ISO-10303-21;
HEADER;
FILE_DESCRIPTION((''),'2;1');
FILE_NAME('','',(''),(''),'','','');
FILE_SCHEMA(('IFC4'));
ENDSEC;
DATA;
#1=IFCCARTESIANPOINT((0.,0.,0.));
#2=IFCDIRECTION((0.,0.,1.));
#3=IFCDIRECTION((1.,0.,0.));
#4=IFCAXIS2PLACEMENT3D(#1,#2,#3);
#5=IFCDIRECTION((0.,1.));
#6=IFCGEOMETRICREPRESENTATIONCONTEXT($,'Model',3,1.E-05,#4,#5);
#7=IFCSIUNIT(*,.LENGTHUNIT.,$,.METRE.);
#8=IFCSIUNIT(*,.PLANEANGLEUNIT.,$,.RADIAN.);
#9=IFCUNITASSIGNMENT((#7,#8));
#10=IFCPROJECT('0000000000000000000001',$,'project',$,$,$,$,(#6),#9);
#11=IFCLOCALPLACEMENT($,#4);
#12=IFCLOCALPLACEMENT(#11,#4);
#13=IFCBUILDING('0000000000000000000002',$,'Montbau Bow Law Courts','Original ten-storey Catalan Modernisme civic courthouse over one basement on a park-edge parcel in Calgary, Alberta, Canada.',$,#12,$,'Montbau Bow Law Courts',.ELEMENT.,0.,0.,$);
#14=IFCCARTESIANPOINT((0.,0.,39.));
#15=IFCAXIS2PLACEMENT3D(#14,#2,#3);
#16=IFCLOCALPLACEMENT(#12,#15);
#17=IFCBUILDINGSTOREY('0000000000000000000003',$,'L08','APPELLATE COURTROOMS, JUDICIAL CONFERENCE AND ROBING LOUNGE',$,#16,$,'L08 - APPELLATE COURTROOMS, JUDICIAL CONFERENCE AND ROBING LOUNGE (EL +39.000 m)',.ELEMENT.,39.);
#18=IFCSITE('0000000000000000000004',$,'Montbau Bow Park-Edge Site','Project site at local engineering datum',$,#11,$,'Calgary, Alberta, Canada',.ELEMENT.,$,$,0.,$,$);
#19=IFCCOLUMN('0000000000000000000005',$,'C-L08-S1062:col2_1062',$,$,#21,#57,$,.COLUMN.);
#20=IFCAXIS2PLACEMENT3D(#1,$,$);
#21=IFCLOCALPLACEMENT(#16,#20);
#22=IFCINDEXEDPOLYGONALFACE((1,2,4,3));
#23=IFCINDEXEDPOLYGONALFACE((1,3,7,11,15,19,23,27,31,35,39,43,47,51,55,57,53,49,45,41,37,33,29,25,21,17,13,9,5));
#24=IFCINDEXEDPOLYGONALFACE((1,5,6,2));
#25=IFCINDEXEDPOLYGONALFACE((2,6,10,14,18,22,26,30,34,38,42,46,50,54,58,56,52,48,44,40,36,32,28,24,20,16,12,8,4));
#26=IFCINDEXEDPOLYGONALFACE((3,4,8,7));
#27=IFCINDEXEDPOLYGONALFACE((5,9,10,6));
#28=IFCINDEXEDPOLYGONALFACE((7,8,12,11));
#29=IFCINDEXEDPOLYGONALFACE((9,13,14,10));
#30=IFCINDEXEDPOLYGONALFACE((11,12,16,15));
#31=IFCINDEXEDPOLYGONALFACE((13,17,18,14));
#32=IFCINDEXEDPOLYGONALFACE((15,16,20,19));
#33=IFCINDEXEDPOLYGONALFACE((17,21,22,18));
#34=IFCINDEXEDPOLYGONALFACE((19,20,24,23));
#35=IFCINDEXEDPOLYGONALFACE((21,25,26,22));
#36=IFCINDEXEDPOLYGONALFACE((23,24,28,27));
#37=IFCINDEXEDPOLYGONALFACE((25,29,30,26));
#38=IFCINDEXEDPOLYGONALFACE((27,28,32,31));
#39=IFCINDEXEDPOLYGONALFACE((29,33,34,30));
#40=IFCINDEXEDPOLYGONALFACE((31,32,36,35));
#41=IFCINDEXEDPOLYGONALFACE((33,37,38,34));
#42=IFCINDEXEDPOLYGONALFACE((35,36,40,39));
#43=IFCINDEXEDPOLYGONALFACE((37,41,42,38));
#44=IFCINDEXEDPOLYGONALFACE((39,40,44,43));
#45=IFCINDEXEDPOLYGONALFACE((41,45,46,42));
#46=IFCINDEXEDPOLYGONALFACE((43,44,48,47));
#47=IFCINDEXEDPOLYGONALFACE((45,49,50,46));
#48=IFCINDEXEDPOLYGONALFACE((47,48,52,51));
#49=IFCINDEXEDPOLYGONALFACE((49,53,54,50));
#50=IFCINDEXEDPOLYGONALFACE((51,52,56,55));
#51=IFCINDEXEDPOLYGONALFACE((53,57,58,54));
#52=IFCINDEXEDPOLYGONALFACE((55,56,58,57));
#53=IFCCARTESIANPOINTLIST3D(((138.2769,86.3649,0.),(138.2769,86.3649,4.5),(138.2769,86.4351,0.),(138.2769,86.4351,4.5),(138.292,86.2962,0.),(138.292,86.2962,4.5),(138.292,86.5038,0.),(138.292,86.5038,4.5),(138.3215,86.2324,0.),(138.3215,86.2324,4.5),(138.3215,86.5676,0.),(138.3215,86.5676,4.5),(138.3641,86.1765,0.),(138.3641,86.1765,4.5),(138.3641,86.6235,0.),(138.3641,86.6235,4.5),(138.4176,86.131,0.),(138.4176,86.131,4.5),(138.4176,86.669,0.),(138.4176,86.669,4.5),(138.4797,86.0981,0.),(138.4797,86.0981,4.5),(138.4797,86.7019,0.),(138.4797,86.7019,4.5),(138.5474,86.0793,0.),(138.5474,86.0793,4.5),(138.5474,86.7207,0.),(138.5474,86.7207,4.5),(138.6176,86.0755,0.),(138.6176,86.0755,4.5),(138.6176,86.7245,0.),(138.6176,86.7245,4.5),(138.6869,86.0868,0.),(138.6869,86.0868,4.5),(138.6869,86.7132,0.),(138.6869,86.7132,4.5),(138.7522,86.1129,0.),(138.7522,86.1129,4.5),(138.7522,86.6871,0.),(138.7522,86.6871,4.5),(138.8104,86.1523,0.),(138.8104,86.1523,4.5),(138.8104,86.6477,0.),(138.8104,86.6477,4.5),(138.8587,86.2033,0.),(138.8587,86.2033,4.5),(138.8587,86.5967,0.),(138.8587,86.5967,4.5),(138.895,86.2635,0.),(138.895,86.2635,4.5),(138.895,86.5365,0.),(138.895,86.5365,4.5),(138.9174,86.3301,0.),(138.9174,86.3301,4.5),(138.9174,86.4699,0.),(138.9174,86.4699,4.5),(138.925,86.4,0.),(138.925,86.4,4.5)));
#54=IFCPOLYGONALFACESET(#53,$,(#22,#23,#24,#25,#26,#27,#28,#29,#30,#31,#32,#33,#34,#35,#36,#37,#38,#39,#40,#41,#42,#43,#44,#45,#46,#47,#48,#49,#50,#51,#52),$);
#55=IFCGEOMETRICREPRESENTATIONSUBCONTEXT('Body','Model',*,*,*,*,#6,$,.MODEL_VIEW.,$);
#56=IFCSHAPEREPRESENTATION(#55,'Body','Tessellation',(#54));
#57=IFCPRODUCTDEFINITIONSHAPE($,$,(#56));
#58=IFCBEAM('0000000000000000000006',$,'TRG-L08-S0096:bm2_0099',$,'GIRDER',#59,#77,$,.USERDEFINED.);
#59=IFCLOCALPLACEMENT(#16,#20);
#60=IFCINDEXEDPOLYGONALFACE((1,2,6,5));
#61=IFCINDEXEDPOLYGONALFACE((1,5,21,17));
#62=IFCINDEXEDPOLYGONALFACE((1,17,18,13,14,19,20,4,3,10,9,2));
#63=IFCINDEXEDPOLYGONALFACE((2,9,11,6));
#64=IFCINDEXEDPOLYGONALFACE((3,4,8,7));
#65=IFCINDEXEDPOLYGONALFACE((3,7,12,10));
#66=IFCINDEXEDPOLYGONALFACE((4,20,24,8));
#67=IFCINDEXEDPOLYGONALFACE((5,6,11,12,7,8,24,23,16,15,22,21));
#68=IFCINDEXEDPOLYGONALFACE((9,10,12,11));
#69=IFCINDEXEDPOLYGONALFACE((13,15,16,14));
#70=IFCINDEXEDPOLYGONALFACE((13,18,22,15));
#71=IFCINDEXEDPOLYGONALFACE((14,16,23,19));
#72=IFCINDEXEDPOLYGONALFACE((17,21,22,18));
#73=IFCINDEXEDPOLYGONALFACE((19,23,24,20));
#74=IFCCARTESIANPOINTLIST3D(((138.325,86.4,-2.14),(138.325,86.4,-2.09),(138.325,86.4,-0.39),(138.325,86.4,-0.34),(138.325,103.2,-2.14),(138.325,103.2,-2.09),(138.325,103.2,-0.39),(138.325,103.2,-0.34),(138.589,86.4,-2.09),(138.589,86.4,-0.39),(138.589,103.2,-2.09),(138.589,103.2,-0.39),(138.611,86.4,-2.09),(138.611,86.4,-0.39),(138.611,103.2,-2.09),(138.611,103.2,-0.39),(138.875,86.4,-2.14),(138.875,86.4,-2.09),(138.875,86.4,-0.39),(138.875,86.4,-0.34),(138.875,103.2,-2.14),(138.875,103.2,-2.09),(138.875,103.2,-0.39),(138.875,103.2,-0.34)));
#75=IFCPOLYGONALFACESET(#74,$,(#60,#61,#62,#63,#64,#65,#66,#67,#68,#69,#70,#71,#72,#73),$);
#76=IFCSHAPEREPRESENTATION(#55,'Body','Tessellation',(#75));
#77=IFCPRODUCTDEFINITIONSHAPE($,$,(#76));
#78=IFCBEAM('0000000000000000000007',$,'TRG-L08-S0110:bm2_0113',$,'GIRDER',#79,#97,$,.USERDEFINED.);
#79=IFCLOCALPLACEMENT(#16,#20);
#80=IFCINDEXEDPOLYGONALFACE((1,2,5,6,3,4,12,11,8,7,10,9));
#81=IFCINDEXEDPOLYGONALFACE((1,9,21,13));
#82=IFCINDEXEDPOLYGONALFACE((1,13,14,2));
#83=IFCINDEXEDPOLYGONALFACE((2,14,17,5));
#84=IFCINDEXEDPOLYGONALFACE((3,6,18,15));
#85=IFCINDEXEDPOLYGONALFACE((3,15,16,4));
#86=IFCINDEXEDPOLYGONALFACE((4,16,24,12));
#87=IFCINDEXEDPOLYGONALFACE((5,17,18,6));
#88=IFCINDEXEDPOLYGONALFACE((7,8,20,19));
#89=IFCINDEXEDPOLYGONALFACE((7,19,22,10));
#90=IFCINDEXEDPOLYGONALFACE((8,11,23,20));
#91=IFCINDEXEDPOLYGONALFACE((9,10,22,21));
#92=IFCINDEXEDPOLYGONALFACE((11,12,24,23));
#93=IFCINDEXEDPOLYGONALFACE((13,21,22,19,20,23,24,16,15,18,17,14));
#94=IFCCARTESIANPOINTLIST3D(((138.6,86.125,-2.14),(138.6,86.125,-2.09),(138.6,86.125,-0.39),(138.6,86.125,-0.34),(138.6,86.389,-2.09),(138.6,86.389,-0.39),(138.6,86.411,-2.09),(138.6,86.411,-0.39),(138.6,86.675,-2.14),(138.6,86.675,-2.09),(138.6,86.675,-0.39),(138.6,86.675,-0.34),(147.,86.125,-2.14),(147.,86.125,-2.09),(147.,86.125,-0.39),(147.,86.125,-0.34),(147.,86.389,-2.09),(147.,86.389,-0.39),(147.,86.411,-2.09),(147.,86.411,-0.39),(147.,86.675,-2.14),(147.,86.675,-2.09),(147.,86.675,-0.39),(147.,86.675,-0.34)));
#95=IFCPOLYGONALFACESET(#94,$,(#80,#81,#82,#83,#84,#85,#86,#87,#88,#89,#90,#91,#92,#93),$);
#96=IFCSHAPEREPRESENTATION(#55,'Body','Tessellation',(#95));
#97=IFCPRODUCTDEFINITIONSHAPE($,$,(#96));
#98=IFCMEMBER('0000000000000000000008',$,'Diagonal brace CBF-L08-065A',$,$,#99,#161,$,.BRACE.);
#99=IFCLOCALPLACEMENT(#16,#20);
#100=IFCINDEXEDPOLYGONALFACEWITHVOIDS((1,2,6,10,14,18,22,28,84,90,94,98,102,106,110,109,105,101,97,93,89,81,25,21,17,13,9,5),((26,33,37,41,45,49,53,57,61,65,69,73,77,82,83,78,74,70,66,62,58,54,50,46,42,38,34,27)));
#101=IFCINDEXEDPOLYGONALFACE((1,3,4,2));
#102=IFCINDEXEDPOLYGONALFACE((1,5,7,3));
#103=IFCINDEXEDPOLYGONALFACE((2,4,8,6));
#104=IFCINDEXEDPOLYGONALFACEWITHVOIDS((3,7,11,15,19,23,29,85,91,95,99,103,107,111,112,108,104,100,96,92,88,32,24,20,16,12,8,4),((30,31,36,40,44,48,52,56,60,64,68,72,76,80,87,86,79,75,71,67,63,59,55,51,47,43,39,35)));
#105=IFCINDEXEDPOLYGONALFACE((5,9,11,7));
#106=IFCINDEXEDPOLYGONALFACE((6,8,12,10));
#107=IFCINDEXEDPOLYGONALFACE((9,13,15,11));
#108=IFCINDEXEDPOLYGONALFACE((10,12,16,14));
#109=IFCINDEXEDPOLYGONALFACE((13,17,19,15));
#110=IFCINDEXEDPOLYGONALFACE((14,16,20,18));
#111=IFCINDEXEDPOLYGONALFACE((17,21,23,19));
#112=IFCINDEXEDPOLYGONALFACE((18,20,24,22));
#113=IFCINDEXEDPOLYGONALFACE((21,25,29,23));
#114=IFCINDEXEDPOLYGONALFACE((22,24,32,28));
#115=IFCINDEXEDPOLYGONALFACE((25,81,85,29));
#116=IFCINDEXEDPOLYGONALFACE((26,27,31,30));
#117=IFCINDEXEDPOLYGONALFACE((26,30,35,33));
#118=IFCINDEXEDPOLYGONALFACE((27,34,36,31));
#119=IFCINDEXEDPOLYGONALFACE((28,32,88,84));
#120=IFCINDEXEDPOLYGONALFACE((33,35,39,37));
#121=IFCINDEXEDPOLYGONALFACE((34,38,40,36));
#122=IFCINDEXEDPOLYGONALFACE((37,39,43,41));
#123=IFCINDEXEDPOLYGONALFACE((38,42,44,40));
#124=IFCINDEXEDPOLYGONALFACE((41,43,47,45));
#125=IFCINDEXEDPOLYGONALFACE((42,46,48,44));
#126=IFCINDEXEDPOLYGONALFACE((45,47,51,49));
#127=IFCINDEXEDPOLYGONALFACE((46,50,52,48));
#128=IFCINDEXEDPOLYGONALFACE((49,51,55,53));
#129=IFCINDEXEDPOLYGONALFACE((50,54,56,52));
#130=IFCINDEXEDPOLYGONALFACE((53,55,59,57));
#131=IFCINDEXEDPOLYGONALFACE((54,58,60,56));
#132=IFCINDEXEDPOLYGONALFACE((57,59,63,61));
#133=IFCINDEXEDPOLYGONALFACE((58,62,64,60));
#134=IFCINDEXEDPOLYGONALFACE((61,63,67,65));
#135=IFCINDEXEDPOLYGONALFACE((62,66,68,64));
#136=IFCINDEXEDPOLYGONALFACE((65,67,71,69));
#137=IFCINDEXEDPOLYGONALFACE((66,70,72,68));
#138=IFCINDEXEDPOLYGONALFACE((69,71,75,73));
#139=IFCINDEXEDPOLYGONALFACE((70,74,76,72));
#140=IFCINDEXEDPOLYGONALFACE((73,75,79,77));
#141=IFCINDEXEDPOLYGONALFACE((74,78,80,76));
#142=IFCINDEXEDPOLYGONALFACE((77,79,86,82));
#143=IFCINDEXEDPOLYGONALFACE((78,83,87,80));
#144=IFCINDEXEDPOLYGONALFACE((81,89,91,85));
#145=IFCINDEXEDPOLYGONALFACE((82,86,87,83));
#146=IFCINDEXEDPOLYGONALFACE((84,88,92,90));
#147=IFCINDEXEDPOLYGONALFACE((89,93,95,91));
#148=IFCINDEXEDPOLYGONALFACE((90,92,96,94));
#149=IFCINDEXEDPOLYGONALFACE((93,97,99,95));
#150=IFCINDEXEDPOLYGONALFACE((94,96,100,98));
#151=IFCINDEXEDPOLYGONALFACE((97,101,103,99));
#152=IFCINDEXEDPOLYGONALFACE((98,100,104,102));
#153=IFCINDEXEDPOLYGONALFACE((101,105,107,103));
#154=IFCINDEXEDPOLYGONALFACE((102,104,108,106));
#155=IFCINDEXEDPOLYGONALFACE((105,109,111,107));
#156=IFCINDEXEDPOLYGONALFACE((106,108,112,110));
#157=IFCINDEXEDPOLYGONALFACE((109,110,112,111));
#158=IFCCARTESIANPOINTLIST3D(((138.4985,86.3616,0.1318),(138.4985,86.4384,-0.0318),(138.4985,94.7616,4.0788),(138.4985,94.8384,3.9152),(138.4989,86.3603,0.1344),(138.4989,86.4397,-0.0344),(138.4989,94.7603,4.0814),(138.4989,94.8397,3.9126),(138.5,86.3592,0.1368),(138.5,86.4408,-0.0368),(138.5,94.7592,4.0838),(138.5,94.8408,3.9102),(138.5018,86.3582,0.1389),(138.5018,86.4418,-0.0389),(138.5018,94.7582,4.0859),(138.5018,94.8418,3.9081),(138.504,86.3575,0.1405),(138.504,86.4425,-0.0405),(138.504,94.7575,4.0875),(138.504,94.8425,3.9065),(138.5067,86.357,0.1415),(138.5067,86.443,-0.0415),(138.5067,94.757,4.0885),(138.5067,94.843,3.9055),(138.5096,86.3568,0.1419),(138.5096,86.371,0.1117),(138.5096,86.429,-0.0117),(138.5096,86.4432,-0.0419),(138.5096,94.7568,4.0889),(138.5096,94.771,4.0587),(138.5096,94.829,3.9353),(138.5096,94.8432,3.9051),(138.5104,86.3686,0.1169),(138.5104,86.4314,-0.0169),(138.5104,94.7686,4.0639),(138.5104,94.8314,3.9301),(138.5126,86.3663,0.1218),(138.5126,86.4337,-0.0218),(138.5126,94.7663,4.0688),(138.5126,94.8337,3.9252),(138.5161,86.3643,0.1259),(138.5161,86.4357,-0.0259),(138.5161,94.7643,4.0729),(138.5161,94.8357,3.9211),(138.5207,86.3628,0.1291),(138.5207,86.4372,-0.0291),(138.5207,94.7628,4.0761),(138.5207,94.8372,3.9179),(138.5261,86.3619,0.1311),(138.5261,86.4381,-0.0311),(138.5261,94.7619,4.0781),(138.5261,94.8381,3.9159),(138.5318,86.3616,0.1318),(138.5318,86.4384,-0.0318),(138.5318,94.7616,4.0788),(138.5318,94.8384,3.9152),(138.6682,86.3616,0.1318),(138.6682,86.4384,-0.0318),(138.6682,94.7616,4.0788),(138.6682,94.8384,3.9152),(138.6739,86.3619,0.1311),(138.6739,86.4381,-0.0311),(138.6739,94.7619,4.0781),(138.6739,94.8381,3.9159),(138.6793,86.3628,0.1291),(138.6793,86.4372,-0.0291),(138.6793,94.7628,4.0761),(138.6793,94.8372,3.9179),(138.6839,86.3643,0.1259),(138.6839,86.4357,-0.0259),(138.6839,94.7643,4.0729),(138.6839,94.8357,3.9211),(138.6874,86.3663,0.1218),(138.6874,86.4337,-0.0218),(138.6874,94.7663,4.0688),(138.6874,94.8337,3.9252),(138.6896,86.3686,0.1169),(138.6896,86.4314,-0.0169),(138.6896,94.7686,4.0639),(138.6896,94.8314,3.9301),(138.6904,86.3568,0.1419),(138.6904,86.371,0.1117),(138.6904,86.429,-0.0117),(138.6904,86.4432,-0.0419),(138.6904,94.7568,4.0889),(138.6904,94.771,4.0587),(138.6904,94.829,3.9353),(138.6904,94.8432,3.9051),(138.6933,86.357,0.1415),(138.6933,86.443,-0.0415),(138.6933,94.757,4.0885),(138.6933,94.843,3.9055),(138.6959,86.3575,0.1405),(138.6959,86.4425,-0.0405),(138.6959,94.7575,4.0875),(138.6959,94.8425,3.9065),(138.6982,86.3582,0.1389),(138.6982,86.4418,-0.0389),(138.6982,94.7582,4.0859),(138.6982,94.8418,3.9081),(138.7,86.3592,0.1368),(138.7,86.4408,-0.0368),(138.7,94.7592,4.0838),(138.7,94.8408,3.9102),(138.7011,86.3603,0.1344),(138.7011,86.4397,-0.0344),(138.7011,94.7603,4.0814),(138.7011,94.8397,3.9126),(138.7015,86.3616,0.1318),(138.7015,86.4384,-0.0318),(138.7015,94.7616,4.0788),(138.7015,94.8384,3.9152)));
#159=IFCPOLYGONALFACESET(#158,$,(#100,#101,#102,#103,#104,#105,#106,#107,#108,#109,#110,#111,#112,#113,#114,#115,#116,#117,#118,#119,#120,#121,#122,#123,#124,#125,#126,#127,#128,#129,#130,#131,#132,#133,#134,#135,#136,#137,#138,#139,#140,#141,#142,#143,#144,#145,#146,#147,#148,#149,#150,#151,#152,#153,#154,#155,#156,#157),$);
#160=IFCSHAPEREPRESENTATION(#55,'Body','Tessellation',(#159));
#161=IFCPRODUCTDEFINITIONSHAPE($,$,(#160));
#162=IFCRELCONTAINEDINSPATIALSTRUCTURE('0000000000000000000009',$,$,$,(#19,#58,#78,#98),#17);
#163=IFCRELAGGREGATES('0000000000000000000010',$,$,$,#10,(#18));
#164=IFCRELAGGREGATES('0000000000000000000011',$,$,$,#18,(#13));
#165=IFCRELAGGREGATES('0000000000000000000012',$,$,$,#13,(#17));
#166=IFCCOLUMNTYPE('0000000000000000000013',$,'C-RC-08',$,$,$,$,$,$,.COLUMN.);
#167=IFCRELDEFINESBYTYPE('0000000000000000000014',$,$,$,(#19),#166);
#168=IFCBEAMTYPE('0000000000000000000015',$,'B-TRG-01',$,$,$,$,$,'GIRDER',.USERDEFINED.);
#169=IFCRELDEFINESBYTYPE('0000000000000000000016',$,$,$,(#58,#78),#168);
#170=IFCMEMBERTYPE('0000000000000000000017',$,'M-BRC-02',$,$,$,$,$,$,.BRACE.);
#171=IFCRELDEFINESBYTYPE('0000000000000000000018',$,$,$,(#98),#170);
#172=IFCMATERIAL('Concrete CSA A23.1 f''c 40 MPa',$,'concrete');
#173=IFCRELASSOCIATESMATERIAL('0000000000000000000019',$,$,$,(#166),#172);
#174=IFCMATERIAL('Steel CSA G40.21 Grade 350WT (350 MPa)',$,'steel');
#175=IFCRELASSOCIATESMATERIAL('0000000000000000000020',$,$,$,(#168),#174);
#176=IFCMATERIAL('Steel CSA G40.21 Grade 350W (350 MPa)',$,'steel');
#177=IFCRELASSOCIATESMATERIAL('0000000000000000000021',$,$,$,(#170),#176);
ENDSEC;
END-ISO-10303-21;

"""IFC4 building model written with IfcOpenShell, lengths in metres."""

from ifc_helpers import new_model, si_unit, direction, frame, origin_with_axes, origin_2d_with_axis, place, context, subcontext, project, spatial, hollow_rectangle, circle, i_section, extrude, material, material_profile, profile_set, type_object, element, save


model = new_model("IFC4")

# Units and contexts
model_context = context("Model", 3, precision=1e-05, world=origin_with_axes(), true_north=direction((0.0, 1.0)))
body_context = subcontext(model_context, "Body", "Model", "MODEL_VIEW")
ifc_project = project(units=[si_unit("LENGTHUNIT", "METRE"), si_unit("PLANEANGLEUNIT", "RADIAN")], contexts=[model_context])

# Site, building, storey
site_placement = place(None, origin_with_axes())
site = spatial("IfcSite", under=ifc_project, at=site_placement, Name="Montbau Bow Park-Edge Site", Description="Project site at local engineering datum", LongName="Calgary, Alberta, Canada", CompositionType="ELEMENT", RefElevation=0.0)
building_placement = place(site_placement, origin_with_axes())
building = spatial("IfcBuilding", under=site, at=building_placement, Name="Montbau Bow Law Courts", Description="Original ten-storey Catalan Modernisme civic courthouse over one basement on a park-edge parcel in Calgary, Alberta, Canada.", LongName="Montbau Bow Law Courts", CompositionType="ELEMENT", ElevationOfRefHeight=0.0, ElevationOfTerrain=0.0)
storey_placement = place(building_placement, frame((0.0, 0.0, 39.0), z_axis=(0.0, 0.0, 1.0), x_axis=(1.0, 0.0, 0.0)))
storey = spatial("IfcBuildingStorey", under=building, at=storey_placement, Name="L08", Description="APPELLATE COURTROOMS, JUDICIAL CONFERENCE AND ROBING LOUNGE", LongName="L08 - APPELLATE COURTROOMS, JUDICIAL CONFERENCE AND ROBING LOUNGE (EL +39.000 m)", CompositionType="ELEMENT", Elevation=39.0)

# Column
ifc_material_1 = material(Name="Concrete CSA A23.1 f'c 40 MPa", Category="concrete")
ifc_material_profile_1 = material_profile(ifc_material_1, circle(Radius=0.325, at=origin_2d_with_axis()), Name="RC650D", Category="Main", Priority=0)
ifc_profile_set_1 = profile_set([ifc_material_profile_1], Name="Concrete CSA A23.1 f'c 40 MPa")
column_type = type_object("IfcColumnType", Name="C-RC-08", PredefinedType="COLUMN", material=ifc_profile_set_1)
column_placement = place(None, frame((138.6, 86.4, 39.0), z_axis=(0.0, 0.0, 1.0), x_axis=(1.0, 0.0, 0.0)))
element("IfcColumn", 1, at=column_placement, inside=storey, type_object=column_type, Name="C-L08-S1062:col2_1062", PredefinedType="COLUMN", context=body_context, shape_type="SweptSolid", body=[
    extrude(circle(Radius=0.325, at=origin_2d_with_axis()), origin_with_axes(), (0.0, 0.0, 1.0), 4.5),
])

# Beams
ifc_material_2 = material(Name="Steel CSA G40.21 Grade 350WT (350 MPa)", Category="steel")
ifc_material_profile_2 = material_profile(ifc_material_2, i_section(OverallWidth=0.55, OverallDepth=1.8, WebThickness=0.022, FlangeThickness=0.05, at=origin_2d_with_axis()), Name="WWF1800X550", Category="Main", Priority=0)
ifc_profile_set_2 = profile_set([ifc_material_profile_2], Name="Steel CSA G40.21 Grade 350WT (350 MPa)")
beam_type = type_object("IfcBeamType", Name="B-TRG-01", ElementType="GIRDER", PredefinedType="USERDEFINED", material=ifc_profile_set_2)
beam_1_placement = place(None, frame((138.6, 86.4, 37.76), z_axis=(0.0, 1.0, 0.0), x_axis=(-1.0, 0.0, 0.0)))
element("IfcBeam", 2, at=beam_1_placement, inside=storey, type_object=beam_type, Name="TRG-L08-S0096:bm2_0099", ObjectType="GIRDER", PredefinedType="USERDEFINED", context=body_context, shape_type="SweptSolid", body=[
    extrude(i_section(OverallWidth=0.55, OverallDepth=1.8, WebThickness=0.022, FlangeThickness=0.05, at=origin_2d_with_axis()), origin_with_axes(), (0.0, 0.0, 1.0), 16.8),
])
beam_2_placement = place(None, frame((138.6, 86.4, 37.76), z_axis=(1.0, 0.0, 0.0), x_axis=(0.0, 1.0, 0.0)))
element("IfcBeam", 3, at=beam_2_placement, inside=storey, type_object=beam_type, Name="TRG-L08-S0110:bm2_0113", ObjectType="GIRDER", PredefinedType="USERDEFINED", context=body_context, shape_type="SweptSolid", body=[
    extrude(i_section(OverallWidth=0.55, OverallDepth=1.8, WebThickness=0.022, FlangeThickness=0.05, at=origin_2d_with_axis()), origin_with_axes(), (0.0, 0.0, 1.0), 8.4),
])

# Member
ifc_material_3 = material(Name="Steel CSA G40.21 Grade 350W (350 MPa)", Category="steel")
ifc_material_profile_3 = material_profile(ifc_material_3, hollow_rectangle(XDim=0.203, YDim=0.203, WallThickness=0.0111, InnerFilletRadius=0.0222, OuterFilletRadius=0.0111, at=origin_2d_with_axis()), Name="HSS203X203X11", Category="Main", Priority=0)
ifc_profile_set_3 = profile_set([ifc_material_profile_3], Name="Steel CSA G40.21 Grade 350W (350 MPa)")
member_type_1 = type_object("IfcMemberType", Name="M-BRC-02", PredefinedType="BRACE", material=ifc_profile_set_3)
member_1_placement = place(None, frame((138.6, 86.4, 39.05), z_axis=(0.0, 0.905065, 0.425273), x_axis=(-1.0, 0.0, 0.0)))
element("IfcMember", 4, at=member_1_placement, inside=storey, type_object=member_type_1, Name="Diagonal brace CBF-L08-065A", PredefinedType="BRACE", context=body_context, shape_type="SweptSolid", body=[
    extrude(hollow_rectangle(XDim=0.203, YDim=0.203, WallThickness=0.0111, InnerFilletRadius=0.0222, OuterFilletRadius=0.0111, at=origin_2d_with_axis()), origin_with_axes(), (0.0, 0.0, 1.0), 9.2811),
])

save(model, "model.ifc")
